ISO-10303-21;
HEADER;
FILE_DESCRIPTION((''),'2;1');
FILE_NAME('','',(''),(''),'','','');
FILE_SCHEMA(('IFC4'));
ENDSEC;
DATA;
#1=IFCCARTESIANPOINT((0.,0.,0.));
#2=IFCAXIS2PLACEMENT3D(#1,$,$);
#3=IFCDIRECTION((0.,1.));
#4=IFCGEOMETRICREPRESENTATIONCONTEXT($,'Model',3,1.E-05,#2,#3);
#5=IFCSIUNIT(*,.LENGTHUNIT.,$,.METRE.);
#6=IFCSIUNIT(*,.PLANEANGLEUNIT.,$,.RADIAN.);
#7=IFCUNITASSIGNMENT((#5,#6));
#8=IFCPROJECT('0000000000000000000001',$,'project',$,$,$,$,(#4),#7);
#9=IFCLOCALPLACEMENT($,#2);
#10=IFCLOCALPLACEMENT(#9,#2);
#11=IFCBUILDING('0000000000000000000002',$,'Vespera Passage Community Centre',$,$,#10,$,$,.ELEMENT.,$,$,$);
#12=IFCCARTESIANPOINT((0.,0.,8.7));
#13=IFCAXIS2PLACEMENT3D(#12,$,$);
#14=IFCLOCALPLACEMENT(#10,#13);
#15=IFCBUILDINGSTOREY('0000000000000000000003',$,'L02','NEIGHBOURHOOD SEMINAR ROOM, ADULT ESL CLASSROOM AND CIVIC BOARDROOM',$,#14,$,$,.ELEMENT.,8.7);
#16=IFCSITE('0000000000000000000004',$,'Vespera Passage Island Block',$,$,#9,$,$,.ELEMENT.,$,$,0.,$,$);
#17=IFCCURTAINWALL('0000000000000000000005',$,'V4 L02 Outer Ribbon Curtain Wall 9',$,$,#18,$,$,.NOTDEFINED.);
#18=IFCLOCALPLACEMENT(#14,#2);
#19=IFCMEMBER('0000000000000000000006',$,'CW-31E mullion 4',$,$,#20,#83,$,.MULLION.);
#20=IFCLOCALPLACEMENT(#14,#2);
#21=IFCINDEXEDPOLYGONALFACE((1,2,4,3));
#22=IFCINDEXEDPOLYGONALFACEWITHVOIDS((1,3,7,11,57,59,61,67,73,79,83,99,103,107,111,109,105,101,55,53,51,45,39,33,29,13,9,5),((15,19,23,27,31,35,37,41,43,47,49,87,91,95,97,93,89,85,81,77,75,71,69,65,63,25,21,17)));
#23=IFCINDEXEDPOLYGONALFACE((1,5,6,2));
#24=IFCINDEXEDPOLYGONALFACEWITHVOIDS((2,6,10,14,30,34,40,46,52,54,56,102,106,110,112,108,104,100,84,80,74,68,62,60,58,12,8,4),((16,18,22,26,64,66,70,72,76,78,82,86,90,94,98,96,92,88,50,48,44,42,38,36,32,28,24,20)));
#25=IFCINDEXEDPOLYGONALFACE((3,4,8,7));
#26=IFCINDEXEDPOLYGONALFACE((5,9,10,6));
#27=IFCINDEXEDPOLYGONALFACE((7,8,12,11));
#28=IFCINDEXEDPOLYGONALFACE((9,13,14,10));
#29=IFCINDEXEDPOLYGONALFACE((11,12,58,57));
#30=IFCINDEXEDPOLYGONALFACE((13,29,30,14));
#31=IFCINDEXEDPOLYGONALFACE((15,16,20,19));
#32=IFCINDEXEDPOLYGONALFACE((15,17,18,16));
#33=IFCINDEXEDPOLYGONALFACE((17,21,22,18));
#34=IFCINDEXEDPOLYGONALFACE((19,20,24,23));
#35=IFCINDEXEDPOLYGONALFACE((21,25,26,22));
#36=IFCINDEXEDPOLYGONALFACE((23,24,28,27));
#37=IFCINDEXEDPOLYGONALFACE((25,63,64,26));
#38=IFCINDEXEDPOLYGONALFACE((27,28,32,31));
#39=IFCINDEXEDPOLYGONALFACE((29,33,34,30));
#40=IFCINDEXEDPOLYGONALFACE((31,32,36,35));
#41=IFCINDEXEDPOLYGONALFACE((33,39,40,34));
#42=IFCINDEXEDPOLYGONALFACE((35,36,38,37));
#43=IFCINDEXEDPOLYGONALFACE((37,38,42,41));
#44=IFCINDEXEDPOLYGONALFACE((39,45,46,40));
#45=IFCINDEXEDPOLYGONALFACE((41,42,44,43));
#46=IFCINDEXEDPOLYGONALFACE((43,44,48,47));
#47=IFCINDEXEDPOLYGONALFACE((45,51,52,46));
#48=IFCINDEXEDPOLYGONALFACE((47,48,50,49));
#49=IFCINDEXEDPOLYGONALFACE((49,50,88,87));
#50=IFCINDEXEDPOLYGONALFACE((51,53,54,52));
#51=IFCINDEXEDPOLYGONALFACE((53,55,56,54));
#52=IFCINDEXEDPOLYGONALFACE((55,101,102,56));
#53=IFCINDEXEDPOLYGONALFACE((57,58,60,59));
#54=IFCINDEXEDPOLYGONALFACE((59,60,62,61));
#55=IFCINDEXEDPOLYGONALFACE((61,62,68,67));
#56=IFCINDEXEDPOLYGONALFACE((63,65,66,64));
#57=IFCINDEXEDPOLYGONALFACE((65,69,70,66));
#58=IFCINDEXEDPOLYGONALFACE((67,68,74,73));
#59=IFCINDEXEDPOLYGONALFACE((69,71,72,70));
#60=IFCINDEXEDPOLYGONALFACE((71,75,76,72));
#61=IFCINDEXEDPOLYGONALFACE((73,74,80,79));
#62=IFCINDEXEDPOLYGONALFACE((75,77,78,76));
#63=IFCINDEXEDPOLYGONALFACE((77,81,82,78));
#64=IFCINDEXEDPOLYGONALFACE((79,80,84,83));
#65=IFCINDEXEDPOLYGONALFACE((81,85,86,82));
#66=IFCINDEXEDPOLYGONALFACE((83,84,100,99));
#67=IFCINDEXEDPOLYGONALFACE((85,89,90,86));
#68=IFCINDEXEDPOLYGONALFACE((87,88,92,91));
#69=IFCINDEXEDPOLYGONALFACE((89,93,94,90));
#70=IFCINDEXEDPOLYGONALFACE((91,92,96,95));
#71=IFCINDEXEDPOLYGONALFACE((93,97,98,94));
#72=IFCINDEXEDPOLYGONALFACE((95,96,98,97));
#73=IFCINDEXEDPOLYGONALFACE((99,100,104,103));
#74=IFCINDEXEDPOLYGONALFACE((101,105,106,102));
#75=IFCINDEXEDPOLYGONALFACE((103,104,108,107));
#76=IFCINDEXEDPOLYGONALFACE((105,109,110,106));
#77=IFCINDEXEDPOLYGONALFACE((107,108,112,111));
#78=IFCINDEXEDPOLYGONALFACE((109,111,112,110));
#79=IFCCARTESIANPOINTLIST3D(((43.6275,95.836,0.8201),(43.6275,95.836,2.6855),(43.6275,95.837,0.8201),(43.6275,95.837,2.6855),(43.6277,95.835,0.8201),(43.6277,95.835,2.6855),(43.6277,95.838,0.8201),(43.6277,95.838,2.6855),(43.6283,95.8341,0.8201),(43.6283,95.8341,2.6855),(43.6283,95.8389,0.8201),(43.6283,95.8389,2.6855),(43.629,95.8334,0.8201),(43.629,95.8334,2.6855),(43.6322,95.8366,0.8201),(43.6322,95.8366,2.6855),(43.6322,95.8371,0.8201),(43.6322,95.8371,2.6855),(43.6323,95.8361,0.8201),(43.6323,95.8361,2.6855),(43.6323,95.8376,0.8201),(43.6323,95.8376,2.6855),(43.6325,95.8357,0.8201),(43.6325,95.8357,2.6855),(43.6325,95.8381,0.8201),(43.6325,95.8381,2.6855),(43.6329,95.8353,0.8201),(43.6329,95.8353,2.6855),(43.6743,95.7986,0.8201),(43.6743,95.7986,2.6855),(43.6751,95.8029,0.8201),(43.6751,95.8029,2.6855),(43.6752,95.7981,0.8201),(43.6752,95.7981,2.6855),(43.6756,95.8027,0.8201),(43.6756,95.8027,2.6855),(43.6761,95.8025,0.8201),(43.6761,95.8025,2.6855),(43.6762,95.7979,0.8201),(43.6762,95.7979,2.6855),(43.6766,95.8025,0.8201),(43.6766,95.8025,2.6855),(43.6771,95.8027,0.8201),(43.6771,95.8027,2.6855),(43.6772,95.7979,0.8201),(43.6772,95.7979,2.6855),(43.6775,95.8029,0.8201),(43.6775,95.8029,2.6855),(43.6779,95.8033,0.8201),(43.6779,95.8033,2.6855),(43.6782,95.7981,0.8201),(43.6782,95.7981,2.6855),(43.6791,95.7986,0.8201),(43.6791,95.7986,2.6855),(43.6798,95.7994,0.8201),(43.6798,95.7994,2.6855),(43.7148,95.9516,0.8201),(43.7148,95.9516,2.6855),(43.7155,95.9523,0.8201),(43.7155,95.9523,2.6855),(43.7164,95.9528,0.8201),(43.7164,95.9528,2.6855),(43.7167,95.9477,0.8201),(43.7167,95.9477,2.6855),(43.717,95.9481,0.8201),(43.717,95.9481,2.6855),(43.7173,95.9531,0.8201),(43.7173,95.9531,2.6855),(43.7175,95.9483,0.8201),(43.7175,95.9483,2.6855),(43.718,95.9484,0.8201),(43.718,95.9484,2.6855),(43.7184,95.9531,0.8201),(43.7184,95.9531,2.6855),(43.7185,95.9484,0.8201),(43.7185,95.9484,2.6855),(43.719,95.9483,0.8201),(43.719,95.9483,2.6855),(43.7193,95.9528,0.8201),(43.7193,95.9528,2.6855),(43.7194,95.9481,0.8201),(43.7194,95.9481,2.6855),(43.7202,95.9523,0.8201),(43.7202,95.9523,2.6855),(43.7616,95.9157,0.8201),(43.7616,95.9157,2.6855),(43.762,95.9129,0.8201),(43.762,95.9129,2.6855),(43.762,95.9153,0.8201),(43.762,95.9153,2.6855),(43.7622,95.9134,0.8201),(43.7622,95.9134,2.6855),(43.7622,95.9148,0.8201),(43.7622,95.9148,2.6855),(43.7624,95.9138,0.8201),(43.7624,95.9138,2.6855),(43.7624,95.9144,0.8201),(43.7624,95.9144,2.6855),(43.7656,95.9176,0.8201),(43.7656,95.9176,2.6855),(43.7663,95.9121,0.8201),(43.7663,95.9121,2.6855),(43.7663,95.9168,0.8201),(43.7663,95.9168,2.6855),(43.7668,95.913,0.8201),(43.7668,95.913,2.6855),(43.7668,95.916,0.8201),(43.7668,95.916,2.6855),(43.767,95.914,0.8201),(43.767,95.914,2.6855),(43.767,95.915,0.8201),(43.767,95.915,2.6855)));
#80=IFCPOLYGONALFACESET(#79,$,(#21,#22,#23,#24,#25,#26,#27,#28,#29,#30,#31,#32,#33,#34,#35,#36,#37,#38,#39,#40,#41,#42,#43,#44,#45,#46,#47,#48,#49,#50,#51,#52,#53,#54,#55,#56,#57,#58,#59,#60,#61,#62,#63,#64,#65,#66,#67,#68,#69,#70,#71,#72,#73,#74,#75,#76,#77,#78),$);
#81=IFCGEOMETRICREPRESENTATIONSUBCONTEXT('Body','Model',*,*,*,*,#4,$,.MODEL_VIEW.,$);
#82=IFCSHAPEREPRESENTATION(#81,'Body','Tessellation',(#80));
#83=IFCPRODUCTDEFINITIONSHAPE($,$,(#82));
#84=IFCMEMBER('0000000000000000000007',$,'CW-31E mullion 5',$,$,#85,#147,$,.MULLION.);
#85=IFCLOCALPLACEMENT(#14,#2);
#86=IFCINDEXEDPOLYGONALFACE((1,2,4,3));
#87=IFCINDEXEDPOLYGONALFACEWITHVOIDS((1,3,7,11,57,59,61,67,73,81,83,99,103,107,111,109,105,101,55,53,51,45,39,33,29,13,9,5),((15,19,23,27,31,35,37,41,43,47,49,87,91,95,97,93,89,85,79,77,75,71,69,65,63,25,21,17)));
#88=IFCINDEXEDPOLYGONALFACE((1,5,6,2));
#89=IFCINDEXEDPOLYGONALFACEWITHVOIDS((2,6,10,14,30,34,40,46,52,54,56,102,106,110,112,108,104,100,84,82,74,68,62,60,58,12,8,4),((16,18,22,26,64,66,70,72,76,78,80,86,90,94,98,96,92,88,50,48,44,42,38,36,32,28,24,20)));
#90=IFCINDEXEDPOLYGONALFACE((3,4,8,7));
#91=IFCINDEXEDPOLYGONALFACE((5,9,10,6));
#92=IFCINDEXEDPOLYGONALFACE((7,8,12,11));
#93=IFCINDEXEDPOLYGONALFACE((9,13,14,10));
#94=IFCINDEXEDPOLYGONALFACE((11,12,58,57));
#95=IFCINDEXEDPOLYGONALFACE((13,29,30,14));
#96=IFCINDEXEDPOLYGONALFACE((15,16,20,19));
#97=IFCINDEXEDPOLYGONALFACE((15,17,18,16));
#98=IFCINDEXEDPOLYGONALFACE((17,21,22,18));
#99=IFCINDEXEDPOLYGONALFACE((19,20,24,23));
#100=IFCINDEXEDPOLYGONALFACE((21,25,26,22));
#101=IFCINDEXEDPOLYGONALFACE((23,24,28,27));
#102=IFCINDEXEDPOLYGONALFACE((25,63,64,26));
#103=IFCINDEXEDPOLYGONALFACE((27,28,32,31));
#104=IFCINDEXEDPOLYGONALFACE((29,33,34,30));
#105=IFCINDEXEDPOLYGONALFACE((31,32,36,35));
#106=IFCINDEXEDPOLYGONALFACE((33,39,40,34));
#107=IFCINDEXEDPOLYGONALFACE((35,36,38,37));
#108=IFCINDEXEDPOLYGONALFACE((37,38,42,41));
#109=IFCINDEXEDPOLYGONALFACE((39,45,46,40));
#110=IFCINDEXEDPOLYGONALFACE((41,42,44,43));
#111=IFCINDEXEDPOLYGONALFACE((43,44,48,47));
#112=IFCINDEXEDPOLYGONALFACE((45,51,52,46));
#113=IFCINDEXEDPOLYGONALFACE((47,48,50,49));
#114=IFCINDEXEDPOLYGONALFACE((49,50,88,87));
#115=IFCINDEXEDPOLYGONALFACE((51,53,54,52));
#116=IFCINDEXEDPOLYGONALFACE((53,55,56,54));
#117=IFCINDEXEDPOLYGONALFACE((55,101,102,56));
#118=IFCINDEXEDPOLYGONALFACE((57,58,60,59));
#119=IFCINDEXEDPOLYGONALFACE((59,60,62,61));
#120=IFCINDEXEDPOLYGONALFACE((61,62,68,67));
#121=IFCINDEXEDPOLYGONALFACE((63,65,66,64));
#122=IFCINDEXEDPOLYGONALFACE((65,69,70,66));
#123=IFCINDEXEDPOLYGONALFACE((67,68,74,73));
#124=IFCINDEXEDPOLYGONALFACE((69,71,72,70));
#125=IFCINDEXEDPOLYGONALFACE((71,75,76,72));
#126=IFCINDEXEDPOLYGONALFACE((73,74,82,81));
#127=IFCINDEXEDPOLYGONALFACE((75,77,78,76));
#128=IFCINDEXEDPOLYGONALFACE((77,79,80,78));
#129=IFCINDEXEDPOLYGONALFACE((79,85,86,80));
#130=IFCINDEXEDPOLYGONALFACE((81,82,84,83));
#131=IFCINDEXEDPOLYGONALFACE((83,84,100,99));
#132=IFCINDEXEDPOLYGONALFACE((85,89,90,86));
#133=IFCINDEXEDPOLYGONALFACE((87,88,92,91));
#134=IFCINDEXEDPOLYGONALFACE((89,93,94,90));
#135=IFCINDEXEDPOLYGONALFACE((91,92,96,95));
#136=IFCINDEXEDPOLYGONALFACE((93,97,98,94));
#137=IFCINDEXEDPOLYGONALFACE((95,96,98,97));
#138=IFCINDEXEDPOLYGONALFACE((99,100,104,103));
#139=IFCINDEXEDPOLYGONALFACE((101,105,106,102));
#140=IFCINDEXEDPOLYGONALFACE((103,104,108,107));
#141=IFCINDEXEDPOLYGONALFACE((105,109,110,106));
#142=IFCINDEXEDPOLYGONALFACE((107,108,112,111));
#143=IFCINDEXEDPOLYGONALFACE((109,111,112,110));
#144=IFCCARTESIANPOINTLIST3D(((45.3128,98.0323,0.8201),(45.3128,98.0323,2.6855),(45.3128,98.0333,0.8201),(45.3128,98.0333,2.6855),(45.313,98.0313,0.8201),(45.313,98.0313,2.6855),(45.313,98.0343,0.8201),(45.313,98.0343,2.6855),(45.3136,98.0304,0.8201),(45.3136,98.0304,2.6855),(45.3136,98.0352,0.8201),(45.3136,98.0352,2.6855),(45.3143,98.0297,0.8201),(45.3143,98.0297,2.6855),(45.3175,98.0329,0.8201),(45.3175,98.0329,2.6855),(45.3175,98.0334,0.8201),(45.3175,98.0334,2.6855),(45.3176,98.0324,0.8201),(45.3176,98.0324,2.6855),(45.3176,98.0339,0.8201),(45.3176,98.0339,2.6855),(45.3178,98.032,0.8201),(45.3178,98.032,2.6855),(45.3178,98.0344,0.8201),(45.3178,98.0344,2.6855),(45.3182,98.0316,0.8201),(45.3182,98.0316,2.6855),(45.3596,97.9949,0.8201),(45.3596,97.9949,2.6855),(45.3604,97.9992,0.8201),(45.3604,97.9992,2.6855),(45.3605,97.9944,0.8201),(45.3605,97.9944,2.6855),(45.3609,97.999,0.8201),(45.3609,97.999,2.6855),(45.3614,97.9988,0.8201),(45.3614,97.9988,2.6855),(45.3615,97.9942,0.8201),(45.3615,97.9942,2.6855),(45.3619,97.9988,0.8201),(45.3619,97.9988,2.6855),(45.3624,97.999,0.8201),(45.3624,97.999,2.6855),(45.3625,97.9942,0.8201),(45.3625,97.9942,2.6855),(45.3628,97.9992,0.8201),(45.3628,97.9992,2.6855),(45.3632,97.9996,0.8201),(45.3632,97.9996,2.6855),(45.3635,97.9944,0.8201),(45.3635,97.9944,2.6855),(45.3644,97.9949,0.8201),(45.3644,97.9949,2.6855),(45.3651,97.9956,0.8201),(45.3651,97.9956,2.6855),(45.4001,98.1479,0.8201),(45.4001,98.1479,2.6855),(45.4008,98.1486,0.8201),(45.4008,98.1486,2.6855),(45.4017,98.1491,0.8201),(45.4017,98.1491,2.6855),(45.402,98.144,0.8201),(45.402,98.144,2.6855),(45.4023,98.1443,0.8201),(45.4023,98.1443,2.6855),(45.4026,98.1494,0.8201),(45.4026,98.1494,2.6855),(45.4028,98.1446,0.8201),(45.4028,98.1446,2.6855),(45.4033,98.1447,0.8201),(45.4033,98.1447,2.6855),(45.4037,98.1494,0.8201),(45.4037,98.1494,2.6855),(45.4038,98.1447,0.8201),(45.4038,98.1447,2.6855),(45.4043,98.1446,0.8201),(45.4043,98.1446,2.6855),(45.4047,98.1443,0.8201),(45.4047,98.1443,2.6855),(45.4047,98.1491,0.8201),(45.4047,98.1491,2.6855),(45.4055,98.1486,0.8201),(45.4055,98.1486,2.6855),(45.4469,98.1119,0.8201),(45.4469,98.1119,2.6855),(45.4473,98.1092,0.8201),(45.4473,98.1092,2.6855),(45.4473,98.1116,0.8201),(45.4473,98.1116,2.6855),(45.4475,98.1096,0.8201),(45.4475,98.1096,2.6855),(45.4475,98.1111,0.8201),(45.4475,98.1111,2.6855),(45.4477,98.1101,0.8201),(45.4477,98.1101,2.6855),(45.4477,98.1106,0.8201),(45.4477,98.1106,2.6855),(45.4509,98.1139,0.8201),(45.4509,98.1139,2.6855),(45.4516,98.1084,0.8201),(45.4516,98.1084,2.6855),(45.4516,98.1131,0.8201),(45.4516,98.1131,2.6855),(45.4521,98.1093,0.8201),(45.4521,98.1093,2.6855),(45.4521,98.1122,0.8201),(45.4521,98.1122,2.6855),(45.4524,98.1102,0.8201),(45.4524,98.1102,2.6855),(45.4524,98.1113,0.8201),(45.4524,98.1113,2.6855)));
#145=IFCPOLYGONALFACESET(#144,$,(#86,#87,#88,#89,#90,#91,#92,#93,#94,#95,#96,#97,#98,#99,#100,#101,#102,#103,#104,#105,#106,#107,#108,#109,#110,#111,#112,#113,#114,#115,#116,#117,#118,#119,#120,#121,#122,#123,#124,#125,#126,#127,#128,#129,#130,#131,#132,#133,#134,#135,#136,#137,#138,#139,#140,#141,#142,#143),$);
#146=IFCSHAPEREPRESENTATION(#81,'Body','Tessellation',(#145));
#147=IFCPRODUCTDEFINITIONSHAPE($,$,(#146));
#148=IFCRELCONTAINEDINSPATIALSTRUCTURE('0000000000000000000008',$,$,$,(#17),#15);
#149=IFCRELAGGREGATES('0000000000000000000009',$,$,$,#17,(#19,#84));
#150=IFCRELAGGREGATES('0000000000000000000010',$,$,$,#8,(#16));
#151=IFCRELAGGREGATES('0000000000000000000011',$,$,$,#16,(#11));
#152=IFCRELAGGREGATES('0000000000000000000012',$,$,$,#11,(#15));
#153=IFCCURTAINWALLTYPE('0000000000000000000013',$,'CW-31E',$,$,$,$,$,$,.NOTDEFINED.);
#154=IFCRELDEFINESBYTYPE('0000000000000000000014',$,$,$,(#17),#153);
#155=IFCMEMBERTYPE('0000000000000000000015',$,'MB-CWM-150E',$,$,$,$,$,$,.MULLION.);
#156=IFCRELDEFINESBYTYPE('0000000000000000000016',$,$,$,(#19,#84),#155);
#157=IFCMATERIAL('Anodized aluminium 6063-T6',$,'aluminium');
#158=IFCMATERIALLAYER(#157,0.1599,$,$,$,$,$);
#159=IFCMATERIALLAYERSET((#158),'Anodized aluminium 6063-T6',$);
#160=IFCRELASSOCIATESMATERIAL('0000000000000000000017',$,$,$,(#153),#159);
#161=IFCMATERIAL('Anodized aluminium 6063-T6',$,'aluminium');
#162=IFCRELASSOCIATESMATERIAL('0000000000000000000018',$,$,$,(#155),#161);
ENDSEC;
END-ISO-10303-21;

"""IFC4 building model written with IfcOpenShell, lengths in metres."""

from ifc_helpers import new_model, si_unit, direction, frame, origin, origin_2d, place, context, subcontext, project, spatial, hollow_rectangle, extrude, material, layer, layer_set, material_profile, profile_set, type_object, element, aggregate, save


model = new_model("IFC4")

# Units and contexts
model_context = context("Model", 3, precision=1e-05, world=origin(), true_north=direction((0.0, 1.0)))
body_context = subcontext(model_context, "Body", "Model", "MODEL_VIEW")
ifc_project = project(units=[si_unit("LENGTHUNIT", "METRE"), si_unit("PLANEANGLEUNIT", "RADIAN")], contexts=[model_context])

# Site, building, storey
site_placement = place(None, origin())
site = spatial("IfcSite", under=ifc_project, at=site_placement, Name="Vespera Passage Island Block", CompositionType="ELEMENT", RefElevation=0.0)
building_placement = place(site_placement, origin())
building = spatial("IfcBuilding", under=site, at=building_placement, Name="Vespera Passage Community Centre", CompositionType="ELEMENT")
storey_placement = place(building_placement, frame((0.0, 0.0, 8.7)))
storey = spatial("IfcBuildingStorey", under=building, at=storey_placement, Name="L02", Description="NEIGHBOURHOOD SEMINAR ROOM, ADULT ESL CLASSROOM AND CIVIC BOARDROOM", CompositionType="ELEMENT", Elevation=8.7)

# Curtain wall, members
ifc_material_1 = material(Name="Anodized aluminium 6063-T6", Category="aluminium")
ifc_layer_1 = layer(ifc_material_1, 0.1599)
ifc_layer_set_1 = layer_set([ifc_layer_1], Name="Anodized aluminium 6063-T6")
curtain_wall_type_1 = type_object("IfcCurtainWallType", Name="CW-31E", PredefinedType="NOTDEFINED", material=ifc_layer_set_1)
curtain_wall_1_placement = place(storey_placement, origin())
curtain_wall_1 = element("IfcCurtainWall", 1, at=curtain_wall_1_placement, inside=storey, type_object=curtain_wall_type_1, Name="V4 L02 Outer Ribbon Curtain Wall 9", PredefinedType="NOTDEFINED")
ifc_material_2 = material(Name="Anodized aluminium 6063-T6", Category="aluminium")
ifc_material_profile_1 = material_profile(ifc_material_2, hollow_rectangle(XDim=0.0649, YDim=0.1499, WallThickness=0.0039, InnerFilletRadius=0.002, OuterFilletRadius=0.0039, at=origin_2d()), Name="ALU150X65X4")
ifc_profile_set_1 = profile_set([ifc_material_profile_1], Name="Anodized aluminium 6063-T6")
member_type_1 = type_object("IfcMemberType", Name="MB-CWM-150E", PredefinedType="MULLION", material=ifc_profile_set_1)
member_1_placement = place(storey_placement, frame((43.6973, 95.8755, 0.8201), z_axis=(0.0, 0.0, 1.0), x_axis=(-0.79335, 0.608765, 0.0)))
member_1 = element("IfcMember", 2, at=member_1_placement, type_object=member_type_1, Name="CW-31E mullion 4", PredefinedType="MULLION", context=body_context, shape_type="SweptSolid", body=[
    extrude(hollow_rectangle(XDim=0.0649, YDim=0.1499, WallThickness=0.0039, InnerFilletRadius=0.002, OuterFilletRadius=0.0039, at=origin_2d()), origin(), (0.0, 0.0, 1.0), 1.8655),
])
member_2_placement = place(storey_placement, frame((45.3826, 98.0718, 0.8201), z_axis=(0.0, 0.0, 1.0), x_axis=(-0.79335, 0.608765, 0.0)))
member_2 = element("IfcMember", 3, at=member_2_placement, type_object=member_type_1, Name="CW-31E mullion 5", PredefinedType="MULLION", context=body_context, shape_type="SweptSolid", body=[
    extrude(hollow_rectangle(XDim=0.0649, YDim=0.1499, WallThickness=0.0039, InnerFilletRadius=0.002, OuterFilletRadius=0.0039, at=origin_2d()), origin(), (0.0, 0.0, 1.0), 1.8655),
])

aggregate(curtain_wall_1, [member_1, member_2])

save(model, "model.ifc")
